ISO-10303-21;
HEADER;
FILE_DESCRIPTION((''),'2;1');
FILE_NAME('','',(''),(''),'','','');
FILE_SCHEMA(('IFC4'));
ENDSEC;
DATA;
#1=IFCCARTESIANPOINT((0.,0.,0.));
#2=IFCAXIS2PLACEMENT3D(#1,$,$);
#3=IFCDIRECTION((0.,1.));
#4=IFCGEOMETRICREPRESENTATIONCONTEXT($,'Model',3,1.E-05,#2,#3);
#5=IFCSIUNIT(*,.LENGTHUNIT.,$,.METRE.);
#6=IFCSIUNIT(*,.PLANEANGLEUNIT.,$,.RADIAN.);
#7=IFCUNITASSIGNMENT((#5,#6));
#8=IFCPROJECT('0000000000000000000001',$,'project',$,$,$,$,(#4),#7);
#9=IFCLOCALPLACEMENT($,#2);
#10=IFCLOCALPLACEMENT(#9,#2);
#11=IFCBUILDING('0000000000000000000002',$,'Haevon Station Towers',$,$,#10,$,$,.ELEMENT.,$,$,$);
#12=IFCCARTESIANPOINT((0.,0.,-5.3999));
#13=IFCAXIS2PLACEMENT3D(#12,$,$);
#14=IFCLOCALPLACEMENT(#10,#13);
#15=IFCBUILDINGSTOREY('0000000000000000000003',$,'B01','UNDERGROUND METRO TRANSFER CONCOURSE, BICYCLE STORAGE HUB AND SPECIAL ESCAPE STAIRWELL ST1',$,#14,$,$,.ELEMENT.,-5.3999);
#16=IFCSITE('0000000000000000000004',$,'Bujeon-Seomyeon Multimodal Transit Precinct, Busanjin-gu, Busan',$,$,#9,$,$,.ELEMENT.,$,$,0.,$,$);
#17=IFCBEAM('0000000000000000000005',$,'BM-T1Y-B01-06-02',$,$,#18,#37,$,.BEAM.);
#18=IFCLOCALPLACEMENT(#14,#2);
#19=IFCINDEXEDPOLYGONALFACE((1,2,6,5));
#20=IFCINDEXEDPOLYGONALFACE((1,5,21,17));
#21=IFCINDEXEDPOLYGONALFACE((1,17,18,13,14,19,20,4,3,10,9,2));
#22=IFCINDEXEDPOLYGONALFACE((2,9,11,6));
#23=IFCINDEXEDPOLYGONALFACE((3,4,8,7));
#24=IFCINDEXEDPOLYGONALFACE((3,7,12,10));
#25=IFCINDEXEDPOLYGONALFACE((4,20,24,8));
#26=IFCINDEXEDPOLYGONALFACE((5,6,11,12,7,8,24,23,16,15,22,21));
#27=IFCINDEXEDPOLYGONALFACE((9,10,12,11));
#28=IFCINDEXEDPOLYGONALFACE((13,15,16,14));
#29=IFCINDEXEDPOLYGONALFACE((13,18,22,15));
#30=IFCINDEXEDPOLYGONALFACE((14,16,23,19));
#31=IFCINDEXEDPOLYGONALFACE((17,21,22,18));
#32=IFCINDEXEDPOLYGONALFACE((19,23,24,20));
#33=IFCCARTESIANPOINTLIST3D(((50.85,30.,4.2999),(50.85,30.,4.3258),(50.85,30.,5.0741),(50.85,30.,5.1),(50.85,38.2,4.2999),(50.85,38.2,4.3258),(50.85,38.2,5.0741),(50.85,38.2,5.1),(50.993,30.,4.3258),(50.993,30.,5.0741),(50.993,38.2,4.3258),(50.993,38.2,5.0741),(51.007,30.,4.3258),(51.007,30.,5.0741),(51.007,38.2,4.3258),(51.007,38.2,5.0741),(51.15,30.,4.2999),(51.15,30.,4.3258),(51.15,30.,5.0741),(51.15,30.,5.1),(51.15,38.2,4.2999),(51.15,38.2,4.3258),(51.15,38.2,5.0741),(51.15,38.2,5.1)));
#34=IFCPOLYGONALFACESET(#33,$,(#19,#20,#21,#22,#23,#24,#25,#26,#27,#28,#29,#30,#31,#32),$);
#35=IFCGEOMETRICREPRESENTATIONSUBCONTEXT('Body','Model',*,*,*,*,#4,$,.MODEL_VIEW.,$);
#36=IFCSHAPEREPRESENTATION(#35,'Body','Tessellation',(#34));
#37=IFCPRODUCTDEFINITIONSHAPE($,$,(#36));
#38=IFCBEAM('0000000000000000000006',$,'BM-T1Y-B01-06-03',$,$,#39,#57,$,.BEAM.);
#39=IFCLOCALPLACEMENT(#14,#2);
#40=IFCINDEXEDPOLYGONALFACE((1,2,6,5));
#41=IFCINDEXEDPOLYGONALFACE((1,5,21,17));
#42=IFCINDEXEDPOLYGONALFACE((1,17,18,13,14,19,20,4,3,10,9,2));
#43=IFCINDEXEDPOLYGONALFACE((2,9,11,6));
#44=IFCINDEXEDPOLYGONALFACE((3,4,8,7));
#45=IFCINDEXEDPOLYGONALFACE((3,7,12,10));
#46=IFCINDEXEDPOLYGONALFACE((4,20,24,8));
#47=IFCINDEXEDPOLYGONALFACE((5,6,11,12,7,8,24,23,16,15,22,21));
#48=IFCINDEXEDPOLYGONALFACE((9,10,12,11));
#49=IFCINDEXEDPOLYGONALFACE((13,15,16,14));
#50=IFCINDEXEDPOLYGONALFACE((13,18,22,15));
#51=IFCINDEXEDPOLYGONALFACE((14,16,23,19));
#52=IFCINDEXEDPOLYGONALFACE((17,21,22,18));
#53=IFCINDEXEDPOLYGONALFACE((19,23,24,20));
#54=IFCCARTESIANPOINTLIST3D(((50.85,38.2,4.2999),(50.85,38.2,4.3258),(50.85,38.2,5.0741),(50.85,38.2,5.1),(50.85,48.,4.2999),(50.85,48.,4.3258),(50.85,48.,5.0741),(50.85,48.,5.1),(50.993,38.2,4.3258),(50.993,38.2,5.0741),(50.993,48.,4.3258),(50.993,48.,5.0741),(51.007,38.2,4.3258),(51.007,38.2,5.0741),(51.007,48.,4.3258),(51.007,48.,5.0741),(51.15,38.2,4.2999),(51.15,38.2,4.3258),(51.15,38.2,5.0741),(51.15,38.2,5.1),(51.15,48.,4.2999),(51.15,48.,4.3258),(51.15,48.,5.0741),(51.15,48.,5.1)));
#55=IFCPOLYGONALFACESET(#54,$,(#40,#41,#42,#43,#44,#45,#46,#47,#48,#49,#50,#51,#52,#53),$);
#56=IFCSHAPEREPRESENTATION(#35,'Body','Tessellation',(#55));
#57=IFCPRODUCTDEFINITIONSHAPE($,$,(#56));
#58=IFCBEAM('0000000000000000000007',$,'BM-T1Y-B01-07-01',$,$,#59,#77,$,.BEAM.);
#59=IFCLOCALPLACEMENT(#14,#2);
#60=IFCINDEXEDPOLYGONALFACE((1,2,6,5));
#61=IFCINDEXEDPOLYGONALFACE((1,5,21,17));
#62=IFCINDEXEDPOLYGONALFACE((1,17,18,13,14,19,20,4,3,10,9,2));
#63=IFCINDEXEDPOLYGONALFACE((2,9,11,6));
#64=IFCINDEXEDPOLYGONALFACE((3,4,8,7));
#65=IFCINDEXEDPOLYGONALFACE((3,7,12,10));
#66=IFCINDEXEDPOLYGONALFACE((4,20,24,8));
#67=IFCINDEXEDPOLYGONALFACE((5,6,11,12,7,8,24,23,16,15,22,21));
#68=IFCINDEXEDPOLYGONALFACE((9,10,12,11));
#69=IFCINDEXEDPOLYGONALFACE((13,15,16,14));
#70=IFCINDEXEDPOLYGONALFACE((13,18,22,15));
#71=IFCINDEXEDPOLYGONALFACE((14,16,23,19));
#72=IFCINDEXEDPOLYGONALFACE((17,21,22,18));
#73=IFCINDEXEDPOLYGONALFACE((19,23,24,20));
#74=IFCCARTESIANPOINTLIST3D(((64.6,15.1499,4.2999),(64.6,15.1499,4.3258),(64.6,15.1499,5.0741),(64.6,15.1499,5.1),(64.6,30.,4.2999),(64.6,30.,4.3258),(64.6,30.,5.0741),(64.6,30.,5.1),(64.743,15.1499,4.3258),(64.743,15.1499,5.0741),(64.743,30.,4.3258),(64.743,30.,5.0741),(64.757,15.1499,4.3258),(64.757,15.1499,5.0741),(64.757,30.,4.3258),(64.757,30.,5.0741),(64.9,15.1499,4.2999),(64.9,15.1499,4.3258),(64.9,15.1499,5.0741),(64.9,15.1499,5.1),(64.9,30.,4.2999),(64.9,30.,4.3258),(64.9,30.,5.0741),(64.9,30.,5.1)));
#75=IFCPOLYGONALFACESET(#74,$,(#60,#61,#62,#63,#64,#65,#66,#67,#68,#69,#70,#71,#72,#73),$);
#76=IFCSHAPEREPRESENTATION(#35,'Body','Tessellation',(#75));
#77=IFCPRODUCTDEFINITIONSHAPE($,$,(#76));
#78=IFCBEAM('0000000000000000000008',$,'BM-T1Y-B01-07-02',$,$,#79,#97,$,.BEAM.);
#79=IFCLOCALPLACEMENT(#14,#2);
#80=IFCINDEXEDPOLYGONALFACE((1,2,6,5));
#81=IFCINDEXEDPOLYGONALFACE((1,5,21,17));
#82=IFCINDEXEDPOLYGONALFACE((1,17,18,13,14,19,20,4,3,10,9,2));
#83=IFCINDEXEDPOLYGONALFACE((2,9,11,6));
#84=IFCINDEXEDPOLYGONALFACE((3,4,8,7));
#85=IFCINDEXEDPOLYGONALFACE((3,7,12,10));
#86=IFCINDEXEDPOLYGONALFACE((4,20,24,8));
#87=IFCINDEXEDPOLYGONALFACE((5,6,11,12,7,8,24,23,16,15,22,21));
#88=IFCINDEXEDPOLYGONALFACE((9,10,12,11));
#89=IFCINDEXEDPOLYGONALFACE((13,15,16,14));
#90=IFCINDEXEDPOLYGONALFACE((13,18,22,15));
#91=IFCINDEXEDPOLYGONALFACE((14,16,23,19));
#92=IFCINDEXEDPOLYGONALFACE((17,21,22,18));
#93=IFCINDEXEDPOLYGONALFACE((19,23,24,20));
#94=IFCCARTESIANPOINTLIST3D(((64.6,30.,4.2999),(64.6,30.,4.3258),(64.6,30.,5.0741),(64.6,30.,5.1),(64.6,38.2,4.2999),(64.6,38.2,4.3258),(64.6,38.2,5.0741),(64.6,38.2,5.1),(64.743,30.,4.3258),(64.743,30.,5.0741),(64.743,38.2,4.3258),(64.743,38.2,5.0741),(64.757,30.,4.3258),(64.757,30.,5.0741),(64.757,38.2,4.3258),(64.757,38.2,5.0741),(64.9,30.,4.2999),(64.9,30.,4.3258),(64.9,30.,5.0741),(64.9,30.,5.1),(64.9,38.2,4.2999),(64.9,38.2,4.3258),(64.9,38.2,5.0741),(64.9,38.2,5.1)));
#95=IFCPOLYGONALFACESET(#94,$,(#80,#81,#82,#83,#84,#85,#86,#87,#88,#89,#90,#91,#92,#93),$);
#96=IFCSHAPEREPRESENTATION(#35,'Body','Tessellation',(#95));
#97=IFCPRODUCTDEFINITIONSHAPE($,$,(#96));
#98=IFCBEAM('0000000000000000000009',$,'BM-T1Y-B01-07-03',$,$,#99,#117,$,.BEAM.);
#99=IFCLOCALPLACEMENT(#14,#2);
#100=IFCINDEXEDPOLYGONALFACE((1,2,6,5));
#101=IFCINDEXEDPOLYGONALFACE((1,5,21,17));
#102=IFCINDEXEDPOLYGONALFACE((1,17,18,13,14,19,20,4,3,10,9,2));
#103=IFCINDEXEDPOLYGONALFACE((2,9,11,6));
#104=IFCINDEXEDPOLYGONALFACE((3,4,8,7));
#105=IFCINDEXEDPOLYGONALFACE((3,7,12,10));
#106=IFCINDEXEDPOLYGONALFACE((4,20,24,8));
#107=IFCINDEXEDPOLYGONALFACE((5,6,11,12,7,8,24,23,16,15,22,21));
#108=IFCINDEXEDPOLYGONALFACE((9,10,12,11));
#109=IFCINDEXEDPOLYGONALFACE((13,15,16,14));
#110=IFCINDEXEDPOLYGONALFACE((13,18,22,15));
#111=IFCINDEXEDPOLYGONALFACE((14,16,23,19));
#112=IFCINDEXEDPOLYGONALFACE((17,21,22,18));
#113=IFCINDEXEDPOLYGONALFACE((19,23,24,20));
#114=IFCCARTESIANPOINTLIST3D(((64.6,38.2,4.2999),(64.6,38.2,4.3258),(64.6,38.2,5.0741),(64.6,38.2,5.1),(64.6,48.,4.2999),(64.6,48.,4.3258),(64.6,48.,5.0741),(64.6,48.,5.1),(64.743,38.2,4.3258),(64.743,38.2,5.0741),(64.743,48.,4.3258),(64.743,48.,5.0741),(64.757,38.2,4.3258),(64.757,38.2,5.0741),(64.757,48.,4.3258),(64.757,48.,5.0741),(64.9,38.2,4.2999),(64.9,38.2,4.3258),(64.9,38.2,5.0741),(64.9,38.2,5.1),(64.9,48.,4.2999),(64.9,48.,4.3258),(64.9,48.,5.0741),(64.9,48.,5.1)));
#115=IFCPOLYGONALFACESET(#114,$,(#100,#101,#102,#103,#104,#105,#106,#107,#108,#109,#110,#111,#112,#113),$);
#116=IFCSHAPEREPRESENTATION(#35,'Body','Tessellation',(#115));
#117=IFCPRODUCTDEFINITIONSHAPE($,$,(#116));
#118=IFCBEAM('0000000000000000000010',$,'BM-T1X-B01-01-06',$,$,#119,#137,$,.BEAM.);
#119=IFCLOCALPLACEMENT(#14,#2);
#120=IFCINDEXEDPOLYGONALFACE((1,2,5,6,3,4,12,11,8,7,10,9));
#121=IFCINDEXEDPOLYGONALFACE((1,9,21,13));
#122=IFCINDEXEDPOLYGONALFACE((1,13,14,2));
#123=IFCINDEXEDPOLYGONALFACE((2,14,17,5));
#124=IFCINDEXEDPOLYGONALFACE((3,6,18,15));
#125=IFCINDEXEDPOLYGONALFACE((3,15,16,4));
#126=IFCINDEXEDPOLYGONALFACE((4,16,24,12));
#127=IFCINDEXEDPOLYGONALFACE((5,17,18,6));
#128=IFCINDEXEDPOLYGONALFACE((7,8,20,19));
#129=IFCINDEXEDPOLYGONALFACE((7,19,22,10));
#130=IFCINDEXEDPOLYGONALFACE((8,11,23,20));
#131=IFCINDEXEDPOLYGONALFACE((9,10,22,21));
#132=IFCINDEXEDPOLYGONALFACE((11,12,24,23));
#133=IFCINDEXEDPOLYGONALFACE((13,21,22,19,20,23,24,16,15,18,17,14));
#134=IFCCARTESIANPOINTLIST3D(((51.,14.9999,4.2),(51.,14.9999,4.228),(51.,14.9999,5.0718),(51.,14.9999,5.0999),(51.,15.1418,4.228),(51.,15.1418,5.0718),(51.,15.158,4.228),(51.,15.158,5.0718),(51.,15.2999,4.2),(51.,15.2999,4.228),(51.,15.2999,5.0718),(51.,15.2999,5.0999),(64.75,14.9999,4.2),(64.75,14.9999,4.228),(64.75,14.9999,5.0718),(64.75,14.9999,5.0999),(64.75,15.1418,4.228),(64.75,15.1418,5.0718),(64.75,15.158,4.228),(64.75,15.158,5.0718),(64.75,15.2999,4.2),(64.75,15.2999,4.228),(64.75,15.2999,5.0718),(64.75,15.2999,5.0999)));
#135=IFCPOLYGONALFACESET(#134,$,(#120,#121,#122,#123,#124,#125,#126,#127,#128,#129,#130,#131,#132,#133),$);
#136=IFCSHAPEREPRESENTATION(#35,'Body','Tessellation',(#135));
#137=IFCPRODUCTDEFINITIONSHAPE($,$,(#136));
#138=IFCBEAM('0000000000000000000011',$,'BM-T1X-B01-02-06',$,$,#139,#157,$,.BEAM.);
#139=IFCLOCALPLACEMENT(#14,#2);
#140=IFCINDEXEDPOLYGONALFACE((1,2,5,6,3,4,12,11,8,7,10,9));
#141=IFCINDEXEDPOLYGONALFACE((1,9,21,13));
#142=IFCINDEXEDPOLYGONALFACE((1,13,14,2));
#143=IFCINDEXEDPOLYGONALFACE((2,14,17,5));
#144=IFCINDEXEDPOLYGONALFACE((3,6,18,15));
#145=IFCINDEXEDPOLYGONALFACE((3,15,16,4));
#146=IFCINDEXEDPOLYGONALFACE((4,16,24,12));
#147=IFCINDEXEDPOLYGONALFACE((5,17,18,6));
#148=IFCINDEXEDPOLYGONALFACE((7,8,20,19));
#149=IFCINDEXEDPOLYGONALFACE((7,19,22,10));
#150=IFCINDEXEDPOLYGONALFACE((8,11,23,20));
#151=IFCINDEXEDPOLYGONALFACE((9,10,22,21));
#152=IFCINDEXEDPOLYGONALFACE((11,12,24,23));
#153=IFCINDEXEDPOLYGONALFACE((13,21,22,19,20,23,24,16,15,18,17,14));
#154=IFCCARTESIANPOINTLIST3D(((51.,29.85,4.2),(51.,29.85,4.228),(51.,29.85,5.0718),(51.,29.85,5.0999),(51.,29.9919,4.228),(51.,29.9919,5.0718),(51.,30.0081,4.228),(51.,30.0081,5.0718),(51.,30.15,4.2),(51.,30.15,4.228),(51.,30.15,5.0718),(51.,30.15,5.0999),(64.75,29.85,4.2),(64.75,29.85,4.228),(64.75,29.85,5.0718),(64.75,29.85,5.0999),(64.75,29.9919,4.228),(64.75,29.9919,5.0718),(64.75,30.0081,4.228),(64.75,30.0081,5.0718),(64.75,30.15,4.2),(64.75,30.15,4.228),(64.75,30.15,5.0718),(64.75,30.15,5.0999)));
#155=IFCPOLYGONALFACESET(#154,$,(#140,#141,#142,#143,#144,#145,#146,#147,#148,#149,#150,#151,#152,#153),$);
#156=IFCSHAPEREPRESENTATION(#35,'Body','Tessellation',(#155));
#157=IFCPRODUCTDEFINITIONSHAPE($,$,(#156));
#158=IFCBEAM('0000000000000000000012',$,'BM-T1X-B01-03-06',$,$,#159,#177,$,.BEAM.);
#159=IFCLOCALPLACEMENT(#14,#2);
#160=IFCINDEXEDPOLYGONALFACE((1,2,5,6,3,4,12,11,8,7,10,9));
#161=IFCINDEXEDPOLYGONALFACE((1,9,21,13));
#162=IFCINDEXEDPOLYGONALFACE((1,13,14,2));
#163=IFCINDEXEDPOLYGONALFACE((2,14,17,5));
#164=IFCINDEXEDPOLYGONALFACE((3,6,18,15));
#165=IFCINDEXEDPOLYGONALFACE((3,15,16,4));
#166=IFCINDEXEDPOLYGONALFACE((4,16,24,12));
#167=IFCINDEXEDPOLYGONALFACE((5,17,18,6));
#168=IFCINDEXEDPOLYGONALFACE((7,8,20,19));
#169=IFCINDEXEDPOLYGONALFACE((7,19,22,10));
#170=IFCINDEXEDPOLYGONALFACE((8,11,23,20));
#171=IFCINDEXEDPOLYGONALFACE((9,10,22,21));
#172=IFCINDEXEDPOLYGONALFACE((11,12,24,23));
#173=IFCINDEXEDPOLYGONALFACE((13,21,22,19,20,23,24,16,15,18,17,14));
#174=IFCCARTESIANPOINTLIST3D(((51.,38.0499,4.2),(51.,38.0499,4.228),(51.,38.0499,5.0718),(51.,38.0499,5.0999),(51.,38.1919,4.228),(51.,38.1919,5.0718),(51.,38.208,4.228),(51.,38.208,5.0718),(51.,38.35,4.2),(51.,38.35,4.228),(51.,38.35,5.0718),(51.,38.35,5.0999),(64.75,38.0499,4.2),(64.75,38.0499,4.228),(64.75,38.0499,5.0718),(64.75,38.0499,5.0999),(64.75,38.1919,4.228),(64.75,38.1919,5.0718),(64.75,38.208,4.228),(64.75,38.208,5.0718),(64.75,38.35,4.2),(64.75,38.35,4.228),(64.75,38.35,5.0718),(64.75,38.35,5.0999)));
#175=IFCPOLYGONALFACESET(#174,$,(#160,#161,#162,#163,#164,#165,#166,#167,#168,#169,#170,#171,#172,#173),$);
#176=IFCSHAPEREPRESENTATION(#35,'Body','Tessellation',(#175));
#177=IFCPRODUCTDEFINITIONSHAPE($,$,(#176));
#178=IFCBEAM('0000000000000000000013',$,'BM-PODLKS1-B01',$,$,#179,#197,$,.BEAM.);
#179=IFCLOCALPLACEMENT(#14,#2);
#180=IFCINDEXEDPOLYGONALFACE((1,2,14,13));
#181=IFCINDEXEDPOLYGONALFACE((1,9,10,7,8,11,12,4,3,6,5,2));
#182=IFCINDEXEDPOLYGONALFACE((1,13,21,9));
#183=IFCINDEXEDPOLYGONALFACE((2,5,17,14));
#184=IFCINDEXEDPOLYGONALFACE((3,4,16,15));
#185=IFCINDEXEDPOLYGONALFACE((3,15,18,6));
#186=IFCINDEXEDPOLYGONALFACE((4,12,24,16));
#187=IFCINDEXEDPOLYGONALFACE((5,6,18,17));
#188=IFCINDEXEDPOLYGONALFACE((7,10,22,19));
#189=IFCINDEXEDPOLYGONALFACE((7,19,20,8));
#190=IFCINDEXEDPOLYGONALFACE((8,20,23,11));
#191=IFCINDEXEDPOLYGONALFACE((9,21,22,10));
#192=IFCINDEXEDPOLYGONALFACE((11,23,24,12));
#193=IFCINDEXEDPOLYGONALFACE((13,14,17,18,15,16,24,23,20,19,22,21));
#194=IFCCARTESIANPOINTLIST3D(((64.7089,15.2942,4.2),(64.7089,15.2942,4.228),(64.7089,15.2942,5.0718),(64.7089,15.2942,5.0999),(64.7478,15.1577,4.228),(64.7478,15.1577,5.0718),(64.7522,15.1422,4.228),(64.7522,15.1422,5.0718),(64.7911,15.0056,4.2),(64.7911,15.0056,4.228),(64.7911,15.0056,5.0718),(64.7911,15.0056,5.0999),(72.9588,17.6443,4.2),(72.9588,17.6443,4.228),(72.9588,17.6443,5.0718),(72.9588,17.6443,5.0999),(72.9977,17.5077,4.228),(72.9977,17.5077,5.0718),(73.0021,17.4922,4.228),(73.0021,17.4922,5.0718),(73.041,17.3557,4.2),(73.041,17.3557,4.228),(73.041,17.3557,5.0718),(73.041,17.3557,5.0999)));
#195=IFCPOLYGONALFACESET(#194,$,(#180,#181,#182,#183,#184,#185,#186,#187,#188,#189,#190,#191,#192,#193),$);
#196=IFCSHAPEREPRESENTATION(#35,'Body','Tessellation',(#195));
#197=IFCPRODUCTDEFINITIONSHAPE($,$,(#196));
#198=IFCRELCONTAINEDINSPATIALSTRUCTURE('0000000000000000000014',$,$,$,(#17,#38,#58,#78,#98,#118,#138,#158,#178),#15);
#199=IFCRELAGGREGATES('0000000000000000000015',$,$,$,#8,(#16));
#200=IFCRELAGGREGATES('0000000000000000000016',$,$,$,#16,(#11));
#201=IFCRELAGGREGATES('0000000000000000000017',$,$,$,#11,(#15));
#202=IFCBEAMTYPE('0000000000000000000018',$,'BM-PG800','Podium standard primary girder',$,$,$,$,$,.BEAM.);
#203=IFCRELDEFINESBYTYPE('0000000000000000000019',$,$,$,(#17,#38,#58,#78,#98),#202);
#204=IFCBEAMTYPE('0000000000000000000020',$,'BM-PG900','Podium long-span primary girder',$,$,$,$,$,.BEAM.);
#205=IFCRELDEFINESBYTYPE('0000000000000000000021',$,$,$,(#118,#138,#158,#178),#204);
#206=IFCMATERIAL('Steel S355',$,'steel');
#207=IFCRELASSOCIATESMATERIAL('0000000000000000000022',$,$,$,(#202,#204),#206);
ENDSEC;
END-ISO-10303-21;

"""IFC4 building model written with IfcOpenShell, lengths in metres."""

from ifc_helpers import new_model, si_unit, direction, frame, origin, origin_2d, place, context, subcontext, project, spatial, i_section, extrude, material, material_profile, profile_set, type_object, element, save


model = new_model("IFC4")

# Units and contexts
model_context = context("Model", 3, precision=1e-05, world=origin(), true_north=direction((0.0, 1.0)))
body_context = subcontext(model_context, "Body", "Model", "MODEL_VIEW")
ifc_project = project(units=[si_unit("LENGTHUNIT", "METRE"), si_unit("PLANEANGLEUNIT", "RADIAN")], contexts=[model_context])

# Site, building, storey
site_placement = place(None, origin())
site = spatial("IfcSite", under=ifc_project, at=site_placement, Name="Bujeon-Seomyeon Multimodal Transit Precinct, Busanjin-gu, Busan", CompositionType="ELEMENT", RefElevation=0.0)
building_placement = place(site_placement, origin())
building = spatial("IfcBuilding", under=site, at=building_placement, Name="Haevon Station Towers", CompositionType="ELEMENT")
storey_placement = place(building_placement, frame((0.0, 0.0, -5.3999)))
storey = spatial("IfcBuildingStorey", under=building, at=storey_placement, Name="B01", Description="UNDERGROUND METRO TRANSFER CONCOURSE, BICYCLE STORAGE HUB AND SPECIAL ESCAPE STAIRWELL ST1", CompositionType="ELEMENT", Elevation=-5.3999)

# Beams
ifc_material_1 = material(Name="Steel S355", Category="steel")
ifc_material_profile_1 = material_profile(ifc_material_1, i_section(OverallWidth=0.3, OverallDepth=0.8, WebThickness=0.0139, FlangeThickness=0.0259, at=origin_2d()), Name="H-800x300x14x26")
ifc_profile_set_1 = profile_set([ifc_material_profile_1], Name="Steel S355")
beam_type_1 = type_object("IfcBeamType", Name="BM-PG800", Description="Podium standard primary girder", PredefinedType="BEAM", material=ifc_profile_set_1)
beam_1_placement = place(storey_placement, frame((51.0, 30.0, 4.7), z_axis=(0.0, 1.0, 0.0), x_axis=(-1.0, 0.0, 0.0)))
element("IfcBeam", 1, at=beam_1_placement, inside=storey, type_object=beam_type_1, Name="BM-T1Y-B01-06-02", PredefinedType="BEAM", context=body_context, shape_type="SweptSolid", body=[
    extrude(i_section(OverallWidth=0.3, OverallDepth=0.8, WebThickness=0.0139, FlangeThickness=0.0259, at=origin_2d()), origin(), (0.0, 0.0, 1.0), 8.2),
])
beam_2_placement = place(storey_placement, frame((51.0, 38.2, 4.7), z_axis=(0.0, 1.0, 0.0), x_axis=(-1.0, 0.0, 0.0)))
element("IfcBeam", 2, at=beam_2_placement, inside=storey, type_object=beam_type_1, Name="BM-T1Y-B01-06-03", PredefinedType="BEAM", context=body_context, shape_type="SweptSolid", body=[
    extrude(i_section(OverallWidth=0.3, OverallDepth=0.8, WebThickness=0.0139, FlangeThickness=0.0259, at=origin_2d()), origin(), (0.0, 0.0, 1.0), 9.8),
])
beam_3_placement = place(storey_placement, frame((64.75, 15.1499, 4.7), z_axis=(0.0, 1.0, 0.0), x_axis=(-1.0, 0.0, 0.0)))
element("IfcBeam", 3, at=beam_3_placement, inside=storey, type_object=beam_type_1, Name="BM-T1Y-B01-07-01", PredefinedType="BEAM", context=body_context, shape_type="SweptSolid", body=[
    extrude(i_section(OverallWidth=0.3, OverallDepth=0.8, WebThickness=0.0139, FlangeThickness=0.0259, at=origin_2d()), origin(), (0.0, 0.0, 1.0), 14.8501),
])
beam_4_placement = place(storey_placement, frame((64.75, 30.0, 4.7), z_axis=(0.0, 1.0, 0.0), x_axis=(-1.0, 0.0, 0.0)))
element("IfcBeam", 4, at=beam_4_placement, inside=storey, type_object=beam_type_1, Name="BM-T1Y-B01-07-02", PredefinedType="BEAM", context=body_context, shape_type="SweptSolid", body=[
    extrude(i_section(OverallWidth=0.3, OverallDepth=0.8, WebThickness=0.0139, FlangeThickness=0.0259, at=origin_2d()), origin(), (0.0, 0.0, 1.0), 8.2),
])
beam_5_placement = place(storey_placement, frame((64.75, 38.2, 4.7), z_axis=(0.0, 1.0, 0.0), x_axis=(-1.0, 0.0, 0.0)))
element("IfcBeam", 5, at=beam_5_placement, inside=storey, type_object=beam_type_1, Name="BM-T1Y-B01-07-03", PredefinedType="BEAM", context=body_context, shape_type="SweptSolid", body=[
    extrude(i_section(OverallWidth=0.3, OverallDepth=0.8, WebThickness=0.0139, FlangeThickness=0.0259, at=origin_2d()), origin(), (0.0, 0.0, 1.0), 9.8),
])
ifc_material_profile_2 = material_profile(ifc_material_1, i_section(OverallWidth=0.3, OverallDepth=0.8999, WebThickness=0.0161, FlangeThickness=0.0281, at=origin_2d()), Name="H-900x300x16x28")
ifc_profile_set_2 = profile_set([ifc_material_profile_2], Name="Steel S355")
beam_type_2 = type_object("IfcBeamType", Name="BM-PG900", Description="Podium long-span primary girder", PredefinedType="BEAM", material=ifc_profile_set_2)
for number, where, z_axis, x_axis, name in (
    (6, (51.0, 15.1499, 4.6499), (1.0, 0.0, 0.0), (0.0, 1.0, 0.0), "BM-T1X-B01-01-06"),
    (7, (51.0, 30.0, 4.6499), (1.0, 0.0, 0.0), (0.0, 1.0, 0.0), "BM-T1X-B01-02-06"),
    (8, (51.0, 38.2, 4.6499), (1.0, 0.0, 0.0), (0.0, 1.0, 0.0), "BM-T1X-B01-03-06"),
):
    element("IfcBeam", number, at=place(storey_placement, frame(where, z_axis=z_axis, x_axis=x_axis)), inside=storey, type_object=beam_type_2, Name=name, PredefinedType="BEAM", context=body_context, shape_type="SweptSolid", body=[
        extrude(i_section(OverallWidth=0.3, OverallDepth=0.8999, WebThickness=0.0161, FlangeThickness=0.0281, at=origin_2d()), origin(), (0.0, 0.0, 1.0), 13.75),
    ])
beam_6_placement = place(storey_placement, frame((64.75, 15.1499, 4.6499), z_axis=(0.961741, 0.273962, 0.0), x_axis=(-0.273962, 0.961741, 0.0)))
element("IfcBeam", 9, at=beam_6_placement, inside=storey, type_object=beam_type_2, Name="BM-PODLKS1-B01", PredefinedType="BEAM", context=body_context, shape_type="SweptSolid", body=[
    extrude(i_section(OverallWidth=0.3, OverallDepth=0.8999, WebThickness=0.0161, FlangeThickness=0.0281, at=origin_2d()), origin(), (0.0, 0.0, 1.0), 8.5781),
])

save(model, "model.ifc")
